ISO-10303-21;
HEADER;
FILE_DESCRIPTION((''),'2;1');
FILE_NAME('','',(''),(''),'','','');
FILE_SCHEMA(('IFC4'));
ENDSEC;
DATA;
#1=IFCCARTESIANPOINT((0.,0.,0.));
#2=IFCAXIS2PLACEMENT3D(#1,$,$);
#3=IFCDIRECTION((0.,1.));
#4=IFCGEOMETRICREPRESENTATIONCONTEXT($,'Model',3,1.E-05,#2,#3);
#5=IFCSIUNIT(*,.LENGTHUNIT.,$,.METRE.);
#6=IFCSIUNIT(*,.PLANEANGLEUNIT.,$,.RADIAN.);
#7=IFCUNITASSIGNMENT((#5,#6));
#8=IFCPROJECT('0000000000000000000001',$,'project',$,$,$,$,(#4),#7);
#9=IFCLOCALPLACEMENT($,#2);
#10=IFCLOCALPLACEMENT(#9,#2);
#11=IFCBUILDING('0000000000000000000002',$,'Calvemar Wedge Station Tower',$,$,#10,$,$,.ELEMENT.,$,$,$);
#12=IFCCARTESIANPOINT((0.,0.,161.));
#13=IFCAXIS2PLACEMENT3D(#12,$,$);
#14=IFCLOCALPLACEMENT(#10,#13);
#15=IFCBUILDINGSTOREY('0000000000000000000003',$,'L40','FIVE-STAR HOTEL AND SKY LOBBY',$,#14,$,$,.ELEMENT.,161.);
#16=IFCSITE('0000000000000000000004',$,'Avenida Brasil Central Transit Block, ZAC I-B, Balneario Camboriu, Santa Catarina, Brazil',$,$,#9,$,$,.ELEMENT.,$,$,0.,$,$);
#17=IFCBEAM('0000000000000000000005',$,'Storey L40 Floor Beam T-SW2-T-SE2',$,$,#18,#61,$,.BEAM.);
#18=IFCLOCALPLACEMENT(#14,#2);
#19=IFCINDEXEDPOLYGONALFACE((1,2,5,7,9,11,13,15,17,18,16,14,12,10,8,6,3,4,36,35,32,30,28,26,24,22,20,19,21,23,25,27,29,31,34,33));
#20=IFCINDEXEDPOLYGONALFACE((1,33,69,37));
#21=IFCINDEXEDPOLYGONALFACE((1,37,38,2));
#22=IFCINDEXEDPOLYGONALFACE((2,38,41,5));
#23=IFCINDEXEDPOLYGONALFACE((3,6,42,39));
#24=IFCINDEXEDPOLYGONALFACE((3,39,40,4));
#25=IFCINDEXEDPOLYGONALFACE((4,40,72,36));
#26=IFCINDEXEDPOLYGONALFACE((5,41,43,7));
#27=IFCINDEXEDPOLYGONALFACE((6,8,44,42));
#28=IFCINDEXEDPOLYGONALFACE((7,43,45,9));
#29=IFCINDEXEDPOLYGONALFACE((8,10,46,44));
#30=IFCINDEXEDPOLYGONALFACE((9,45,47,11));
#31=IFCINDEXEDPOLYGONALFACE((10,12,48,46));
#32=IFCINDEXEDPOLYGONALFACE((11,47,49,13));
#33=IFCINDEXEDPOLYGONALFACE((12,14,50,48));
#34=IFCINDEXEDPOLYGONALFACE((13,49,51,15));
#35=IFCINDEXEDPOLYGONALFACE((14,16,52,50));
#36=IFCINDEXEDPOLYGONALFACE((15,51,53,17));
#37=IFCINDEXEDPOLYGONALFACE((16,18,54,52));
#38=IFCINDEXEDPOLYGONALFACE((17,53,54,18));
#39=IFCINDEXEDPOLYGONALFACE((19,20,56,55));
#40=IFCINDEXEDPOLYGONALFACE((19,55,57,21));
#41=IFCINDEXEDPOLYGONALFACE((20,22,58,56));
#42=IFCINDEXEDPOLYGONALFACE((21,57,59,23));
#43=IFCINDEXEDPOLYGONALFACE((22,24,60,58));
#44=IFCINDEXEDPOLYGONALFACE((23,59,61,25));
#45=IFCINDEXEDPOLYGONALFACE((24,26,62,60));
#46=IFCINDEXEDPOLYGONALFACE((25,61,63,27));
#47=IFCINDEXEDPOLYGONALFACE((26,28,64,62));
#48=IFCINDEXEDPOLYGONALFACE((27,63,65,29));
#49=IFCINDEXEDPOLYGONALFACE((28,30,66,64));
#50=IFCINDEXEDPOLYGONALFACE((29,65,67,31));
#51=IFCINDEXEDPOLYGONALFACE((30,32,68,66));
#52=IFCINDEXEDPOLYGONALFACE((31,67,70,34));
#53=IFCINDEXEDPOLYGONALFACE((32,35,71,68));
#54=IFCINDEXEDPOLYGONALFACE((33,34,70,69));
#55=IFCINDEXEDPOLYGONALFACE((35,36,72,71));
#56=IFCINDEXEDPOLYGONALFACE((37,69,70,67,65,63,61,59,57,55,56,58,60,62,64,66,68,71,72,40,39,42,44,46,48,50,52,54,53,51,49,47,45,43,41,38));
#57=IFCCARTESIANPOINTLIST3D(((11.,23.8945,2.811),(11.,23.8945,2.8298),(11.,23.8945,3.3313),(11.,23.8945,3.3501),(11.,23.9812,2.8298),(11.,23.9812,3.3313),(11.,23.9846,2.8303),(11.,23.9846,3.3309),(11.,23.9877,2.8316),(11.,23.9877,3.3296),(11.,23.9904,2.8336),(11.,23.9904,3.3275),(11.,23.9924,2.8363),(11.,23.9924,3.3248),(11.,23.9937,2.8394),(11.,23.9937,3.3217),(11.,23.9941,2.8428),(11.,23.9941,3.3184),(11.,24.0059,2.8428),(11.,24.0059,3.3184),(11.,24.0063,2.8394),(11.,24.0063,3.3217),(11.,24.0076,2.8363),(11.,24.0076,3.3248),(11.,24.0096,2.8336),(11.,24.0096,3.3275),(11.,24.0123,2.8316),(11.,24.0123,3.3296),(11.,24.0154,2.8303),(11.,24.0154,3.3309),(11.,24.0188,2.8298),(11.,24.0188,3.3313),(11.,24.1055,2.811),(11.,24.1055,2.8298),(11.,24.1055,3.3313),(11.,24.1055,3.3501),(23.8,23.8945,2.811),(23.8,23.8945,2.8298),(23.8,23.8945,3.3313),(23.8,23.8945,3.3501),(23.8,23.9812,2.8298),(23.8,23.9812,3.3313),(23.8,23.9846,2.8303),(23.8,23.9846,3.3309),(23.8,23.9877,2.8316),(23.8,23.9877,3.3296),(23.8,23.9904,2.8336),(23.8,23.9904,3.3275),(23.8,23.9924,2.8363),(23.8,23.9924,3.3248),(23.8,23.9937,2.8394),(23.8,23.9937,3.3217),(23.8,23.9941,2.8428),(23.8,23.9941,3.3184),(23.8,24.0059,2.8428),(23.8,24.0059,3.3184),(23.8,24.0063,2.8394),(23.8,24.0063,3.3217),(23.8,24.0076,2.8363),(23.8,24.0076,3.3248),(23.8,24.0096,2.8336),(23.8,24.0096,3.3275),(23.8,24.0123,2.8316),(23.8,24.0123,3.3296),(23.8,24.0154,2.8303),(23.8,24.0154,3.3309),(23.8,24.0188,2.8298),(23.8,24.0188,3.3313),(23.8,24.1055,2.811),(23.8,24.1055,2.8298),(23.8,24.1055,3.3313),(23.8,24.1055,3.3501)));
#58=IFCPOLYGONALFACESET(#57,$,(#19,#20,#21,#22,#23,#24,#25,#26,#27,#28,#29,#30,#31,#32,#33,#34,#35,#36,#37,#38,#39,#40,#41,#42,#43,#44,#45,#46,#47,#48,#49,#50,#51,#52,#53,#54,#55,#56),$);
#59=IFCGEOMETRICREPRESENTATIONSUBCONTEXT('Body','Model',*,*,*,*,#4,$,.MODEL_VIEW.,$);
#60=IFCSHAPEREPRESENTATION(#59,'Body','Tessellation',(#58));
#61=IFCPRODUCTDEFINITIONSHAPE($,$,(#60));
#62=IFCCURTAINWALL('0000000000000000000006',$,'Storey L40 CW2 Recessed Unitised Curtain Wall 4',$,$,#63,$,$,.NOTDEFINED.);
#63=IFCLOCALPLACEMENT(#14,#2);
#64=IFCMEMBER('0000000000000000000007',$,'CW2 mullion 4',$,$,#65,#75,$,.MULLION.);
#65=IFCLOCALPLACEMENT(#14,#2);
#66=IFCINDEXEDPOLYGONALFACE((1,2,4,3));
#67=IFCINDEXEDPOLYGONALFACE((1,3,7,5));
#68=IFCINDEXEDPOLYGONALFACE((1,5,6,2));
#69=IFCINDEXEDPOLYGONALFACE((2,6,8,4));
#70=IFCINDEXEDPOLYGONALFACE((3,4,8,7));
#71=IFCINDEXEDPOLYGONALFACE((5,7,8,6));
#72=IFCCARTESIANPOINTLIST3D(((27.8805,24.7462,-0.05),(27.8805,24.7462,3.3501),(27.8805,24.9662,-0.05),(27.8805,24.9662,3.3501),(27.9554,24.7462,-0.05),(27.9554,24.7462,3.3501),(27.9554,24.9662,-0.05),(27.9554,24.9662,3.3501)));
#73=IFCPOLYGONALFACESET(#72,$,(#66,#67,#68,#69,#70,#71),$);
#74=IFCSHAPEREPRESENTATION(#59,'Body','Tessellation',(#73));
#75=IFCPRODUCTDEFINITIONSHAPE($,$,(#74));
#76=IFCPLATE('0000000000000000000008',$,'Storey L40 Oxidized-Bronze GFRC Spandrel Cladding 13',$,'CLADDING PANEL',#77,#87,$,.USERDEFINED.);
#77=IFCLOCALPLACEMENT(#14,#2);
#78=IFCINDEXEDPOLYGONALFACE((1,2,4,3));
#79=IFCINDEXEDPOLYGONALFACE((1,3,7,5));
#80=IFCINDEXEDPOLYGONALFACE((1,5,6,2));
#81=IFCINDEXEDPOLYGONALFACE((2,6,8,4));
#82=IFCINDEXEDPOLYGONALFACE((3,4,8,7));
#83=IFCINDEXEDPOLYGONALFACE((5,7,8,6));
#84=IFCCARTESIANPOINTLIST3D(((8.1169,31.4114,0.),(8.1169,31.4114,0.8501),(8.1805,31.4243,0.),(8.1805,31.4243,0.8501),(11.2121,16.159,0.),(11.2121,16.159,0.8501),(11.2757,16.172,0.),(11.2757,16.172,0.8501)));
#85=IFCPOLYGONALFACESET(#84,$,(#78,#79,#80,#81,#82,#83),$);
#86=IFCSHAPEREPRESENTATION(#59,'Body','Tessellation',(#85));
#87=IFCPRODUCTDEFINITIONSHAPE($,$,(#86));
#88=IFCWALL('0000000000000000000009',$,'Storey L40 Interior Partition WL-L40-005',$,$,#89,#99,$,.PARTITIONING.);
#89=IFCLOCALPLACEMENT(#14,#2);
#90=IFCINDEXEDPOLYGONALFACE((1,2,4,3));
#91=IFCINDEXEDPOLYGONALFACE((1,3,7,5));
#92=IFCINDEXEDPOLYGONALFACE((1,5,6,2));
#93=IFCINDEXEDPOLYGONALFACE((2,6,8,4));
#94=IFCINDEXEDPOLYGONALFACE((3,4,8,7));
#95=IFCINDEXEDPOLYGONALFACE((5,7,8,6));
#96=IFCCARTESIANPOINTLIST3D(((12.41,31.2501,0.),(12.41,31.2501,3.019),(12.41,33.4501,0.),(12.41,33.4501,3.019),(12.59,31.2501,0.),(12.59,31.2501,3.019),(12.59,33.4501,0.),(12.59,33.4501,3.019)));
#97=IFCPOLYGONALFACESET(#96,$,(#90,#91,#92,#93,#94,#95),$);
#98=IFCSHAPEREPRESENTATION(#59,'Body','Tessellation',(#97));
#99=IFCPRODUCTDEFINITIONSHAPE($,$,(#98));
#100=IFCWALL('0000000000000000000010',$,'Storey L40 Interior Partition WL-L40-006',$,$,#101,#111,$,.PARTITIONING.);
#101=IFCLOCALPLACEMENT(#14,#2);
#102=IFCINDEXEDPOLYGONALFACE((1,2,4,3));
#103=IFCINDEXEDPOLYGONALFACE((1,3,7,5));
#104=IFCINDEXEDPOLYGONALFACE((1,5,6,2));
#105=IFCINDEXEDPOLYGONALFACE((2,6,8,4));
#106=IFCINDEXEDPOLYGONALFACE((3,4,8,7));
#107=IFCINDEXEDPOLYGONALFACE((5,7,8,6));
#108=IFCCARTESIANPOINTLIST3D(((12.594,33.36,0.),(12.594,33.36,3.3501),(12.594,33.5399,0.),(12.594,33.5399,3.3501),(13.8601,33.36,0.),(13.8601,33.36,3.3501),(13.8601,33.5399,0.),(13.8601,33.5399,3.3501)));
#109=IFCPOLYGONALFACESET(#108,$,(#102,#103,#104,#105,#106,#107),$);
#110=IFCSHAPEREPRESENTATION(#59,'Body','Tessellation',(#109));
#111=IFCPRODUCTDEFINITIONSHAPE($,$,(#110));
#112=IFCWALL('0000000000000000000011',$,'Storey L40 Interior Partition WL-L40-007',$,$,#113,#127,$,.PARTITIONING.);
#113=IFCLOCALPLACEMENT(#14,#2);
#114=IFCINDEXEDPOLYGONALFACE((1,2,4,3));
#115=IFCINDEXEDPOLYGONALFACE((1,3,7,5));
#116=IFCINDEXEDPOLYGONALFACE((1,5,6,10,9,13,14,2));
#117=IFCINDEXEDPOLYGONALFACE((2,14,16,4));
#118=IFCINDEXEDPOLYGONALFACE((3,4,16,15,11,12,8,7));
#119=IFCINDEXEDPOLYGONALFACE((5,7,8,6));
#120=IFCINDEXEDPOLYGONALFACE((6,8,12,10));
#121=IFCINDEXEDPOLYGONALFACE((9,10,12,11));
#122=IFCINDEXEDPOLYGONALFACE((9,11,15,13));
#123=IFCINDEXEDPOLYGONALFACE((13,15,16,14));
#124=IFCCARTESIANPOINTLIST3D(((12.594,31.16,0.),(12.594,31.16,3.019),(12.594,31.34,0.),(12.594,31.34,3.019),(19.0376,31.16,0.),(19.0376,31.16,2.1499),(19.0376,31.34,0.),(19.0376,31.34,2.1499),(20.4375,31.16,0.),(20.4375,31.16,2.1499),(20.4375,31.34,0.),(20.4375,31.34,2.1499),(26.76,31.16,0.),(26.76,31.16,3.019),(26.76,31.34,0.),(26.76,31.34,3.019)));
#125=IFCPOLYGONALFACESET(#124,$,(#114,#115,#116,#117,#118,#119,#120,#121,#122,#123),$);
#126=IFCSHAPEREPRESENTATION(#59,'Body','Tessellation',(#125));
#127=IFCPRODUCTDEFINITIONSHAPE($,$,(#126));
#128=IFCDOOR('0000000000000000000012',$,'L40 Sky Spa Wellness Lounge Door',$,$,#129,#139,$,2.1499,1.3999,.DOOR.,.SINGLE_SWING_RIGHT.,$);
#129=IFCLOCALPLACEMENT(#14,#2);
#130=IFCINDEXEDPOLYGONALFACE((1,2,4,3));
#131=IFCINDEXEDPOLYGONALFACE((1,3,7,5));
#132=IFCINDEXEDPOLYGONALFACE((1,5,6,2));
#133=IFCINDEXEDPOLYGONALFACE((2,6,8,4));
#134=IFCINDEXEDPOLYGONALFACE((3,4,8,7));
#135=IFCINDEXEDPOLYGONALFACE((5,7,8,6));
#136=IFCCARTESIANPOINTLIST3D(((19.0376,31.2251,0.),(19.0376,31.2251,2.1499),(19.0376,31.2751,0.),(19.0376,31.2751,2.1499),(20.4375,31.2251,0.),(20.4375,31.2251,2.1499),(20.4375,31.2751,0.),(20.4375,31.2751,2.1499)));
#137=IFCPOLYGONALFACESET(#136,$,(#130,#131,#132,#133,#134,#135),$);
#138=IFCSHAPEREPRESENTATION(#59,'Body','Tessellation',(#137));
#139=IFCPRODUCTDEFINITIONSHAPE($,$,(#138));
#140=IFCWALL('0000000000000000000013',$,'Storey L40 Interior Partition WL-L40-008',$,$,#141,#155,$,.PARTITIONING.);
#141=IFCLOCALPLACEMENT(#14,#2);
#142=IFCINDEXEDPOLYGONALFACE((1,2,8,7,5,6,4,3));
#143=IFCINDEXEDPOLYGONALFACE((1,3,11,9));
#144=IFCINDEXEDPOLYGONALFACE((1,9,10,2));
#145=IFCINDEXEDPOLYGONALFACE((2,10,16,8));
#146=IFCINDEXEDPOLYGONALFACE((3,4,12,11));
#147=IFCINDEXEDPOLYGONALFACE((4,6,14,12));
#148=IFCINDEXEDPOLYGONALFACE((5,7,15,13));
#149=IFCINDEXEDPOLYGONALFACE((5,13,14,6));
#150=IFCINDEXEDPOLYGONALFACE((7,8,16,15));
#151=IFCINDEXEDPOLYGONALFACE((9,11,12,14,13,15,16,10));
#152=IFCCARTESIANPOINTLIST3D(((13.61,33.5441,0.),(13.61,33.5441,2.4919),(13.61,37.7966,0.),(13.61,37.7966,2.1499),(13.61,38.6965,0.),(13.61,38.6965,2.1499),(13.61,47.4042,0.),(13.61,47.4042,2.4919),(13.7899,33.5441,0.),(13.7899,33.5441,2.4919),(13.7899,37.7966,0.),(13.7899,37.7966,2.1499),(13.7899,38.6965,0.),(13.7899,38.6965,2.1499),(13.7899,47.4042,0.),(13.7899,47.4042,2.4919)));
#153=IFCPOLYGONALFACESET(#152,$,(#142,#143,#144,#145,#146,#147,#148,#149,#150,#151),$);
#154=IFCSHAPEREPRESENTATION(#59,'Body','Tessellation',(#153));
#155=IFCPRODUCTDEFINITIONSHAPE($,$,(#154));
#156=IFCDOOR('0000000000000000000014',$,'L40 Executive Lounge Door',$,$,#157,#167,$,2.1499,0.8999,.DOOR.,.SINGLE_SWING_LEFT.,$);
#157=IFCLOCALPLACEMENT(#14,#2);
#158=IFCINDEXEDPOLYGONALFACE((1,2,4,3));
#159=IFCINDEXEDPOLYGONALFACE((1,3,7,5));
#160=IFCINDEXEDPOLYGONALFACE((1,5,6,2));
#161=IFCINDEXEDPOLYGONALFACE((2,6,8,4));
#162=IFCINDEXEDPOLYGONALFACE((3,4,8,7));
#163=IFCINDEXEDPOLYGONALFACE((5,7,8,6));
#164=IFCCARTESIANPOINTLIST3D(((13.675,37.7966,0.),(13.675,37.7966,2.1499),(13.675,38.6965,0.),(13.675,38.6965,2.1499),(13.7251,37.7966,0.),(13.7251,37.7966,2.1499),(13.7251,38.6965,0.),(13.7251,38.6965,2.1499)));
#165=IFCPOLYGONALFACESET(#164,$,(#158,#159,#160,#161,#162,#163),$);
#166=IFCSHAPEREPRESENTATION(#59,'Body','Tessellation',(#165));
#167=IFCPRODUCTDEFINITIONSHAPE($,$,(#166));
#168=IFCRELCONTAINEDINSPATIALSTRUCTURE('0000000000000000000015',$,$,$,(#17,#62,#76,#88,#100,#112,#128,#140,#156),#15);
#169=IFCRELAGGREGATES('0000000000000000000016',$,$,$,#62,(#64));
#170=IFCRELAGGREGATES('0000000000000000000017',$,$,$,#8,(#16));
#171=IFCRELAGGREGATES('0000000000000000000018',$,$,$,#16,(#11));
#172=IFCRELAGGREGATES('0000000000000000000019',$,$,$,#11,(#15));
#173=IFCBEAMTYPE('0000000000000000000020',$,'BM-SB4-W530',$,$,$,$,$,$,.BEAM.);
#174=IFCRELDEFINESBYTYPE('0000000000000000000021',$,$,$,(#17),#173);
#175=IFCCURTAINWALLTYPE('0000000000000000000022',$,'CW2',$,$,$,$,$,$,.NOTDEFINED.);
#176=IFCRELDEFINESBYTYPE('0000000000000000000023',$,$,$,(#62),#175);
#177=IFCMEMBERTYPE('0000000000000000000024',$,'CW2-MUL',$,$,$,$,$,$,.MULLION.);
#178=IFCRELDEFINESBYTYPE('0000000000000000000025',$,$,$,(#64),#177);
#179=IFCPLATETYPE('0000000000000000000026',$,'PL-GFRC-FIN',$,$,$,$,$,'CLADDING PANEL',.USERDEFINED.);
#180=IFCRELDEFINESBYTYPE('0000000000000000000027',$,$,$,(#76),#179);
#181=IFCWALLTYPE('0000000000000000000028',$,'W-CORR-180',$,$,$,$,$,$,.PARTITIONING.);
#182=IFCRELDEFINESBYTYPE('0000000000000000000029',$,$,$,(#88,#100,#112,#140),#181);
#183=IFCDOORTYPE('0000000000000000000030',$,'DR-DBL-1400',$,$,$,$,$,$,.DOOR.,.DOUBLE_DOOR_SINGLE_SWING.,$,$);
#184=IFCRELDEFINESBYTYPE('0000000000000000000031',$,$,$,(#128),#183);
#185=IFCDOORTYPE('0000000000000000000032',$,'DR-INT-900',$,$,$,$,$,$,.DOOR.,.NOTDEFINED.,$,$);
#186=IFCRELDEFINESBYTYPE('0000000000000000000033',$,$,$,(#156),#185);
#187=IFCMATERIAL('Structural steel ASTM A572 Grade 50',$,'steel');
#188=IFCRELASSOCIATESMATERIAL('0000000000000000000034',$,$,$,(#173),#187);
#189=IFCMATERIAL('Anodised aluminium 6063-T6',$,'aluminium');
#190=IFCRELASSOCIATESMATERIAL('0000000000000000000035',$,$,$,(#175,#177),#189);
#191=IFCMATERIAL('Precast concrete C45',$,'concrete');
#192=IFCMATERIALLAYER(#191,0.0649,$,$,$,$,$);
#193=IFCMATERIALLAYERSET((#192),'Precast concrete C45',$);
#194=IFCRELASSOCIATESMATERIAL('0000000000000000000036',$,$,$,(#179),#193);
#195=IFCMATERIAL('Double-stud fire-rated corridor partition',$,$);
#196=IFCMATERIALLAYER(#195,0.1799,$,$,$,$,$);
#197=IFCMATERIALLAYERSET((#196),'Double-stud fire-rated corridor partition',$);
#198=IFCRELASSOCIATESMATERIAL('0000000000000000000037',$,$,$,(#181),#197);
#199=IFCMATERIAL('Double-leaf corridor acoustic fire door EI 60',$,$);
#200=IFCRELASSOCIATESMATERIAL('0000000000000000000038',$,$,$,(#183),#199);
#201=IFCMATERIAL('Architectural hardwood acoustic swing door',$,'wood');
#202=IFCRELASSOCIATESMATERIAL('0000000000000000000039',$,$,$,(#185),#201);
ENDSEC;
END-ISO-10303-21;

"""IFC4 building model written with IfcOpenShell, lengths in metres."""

from ifc_helpers import new_model, si_unit, direction, frame, frame_2d, origin, origin_2d, place, context, subcontext, project, spatial, rectangle, i_section, extrude, source, transform, mapped, material, layer, layer_set, material_profile, profile_set, type_object, element, fill, aggregate, save


model = new_model("IFC4")

# Units and contexts
model_context = context("Model", 3, precision=1e-05, world=origin(), true_north=direction((0.0, 1.0)))
body_context = subcontext(model_context, "Body", "Model", "MODEL_VIEW")
ifc_project = project(units=[si_unit("LENGTHUNIT", "METRE"), si_unit("PLANEANGLEUNIT", "RADIAN")], contexts=[model_context])

# Site, building, storey
site_placement = place(None, origin())
site = spatial("IfcSite", under=ifc_project, at=site_placement, Name="Avenida Brasil Central Transit Block, ZAC I-B, Balneario Camboriu, Santa Catarina, Brazil", CompositionType="ELEMENT", RefElevation=0.0)
building_placement = place(site_placement, origin())
building = spatial("IfcBuilding", under=site, at=building_placement, Name="Calvemar Wedge Station Tower", CompositionType="ELEMENT")
storey_placement = place(building_placement, frame((0.0, 0.0, 161.0)))
storey = spatial("IfcBuildingStorey", under=building, at=storey_placement, Name="L40", Description="FIVE-STAR HOTEL AND SKY LOBBY", CompositionType="ELEMENT", Elevation=161.0)

# Beam
ifc_material_1 = material(Name="Structural steel ASTM A572 Grade 50", Category="steel")
ifc_material_profile_1 = material_profile(ifc_material_1, i_section(OverallWidth=0.2109, OverallDepth=0.5391, WebThickness=0.0117, FlangeThickness=0.0188, FilletRadius=0.0129, at=origin_2d()), Name="W530x109")
ifc_profile_set_1 = profile_set([ifc_material_profile_1], Name="Structural steel ASTM A572 Grade 50")
beam_type_1 = type_object("IfcBeamType", Name="BM-SB4-W530", PredefinedType="BEAM", material=ifc_profile_set_1)
shared_shape_1 = source(origin(), body_context, "Body", "SweptSolid", [
    extrude(i_section(OverallWidth=0.2109, OverallDepth=0.5391, WebThickness=0.0117, FlangeThickness=0.0188, FilletRadius=0.0129, at=origin_2d()), origin(), (0.0, 0.0, 1.0), 12.8),
])
for number, where, z_axis, x_axis, name in (
    (1, (11.0, 24.0, 3.0806), (1.0, 0.0, 0.0), (0.0, 1.0, 0.0), "Storey L40 Floor Beam T-SW2-T-SE2"),
):
    element("IfcBeam", number, at=place(storey_placement, frame(where, z_axis=z_axis, x_axis=x_axis)), inside=storey, type_object=beam_type_1, Name=name, PredefinedType="BEAM", context=body_context, shape_type="MappedRepresentation", body=[
        mapped(shared_shape_1, transform((0.0, 0.0, 0.0), scale=1.0)),
    ])

# Curtain wall, member
ifc_material_2 = material(Name="Anodised aluminium 6063-T6", Category="aluminium")
curtain_wall_type = type_object("IfcCurtainWallType", Name="CW2", PredefinedType="NOTDEFINED", material=ifc_material_2)
curtain_wall_placement = place(storey_placement, origin())
curtain_wall = element("IfcCurtainWall", 2, at=curtain_wall_placement, inside=storey, type_object=curtain_wall_type, Name="Storey L40 CW2 Recessed Unitised Curtain Wall 4", PredefinedType="NOTDEFINED")
ifc_material_profile_2 = material_profile(ifc_material_2, rectangle(XDim=0.075, YDim=0.22, at=origin_2d()), Name="AL-MUL-75x220")
ifc_profile_set_2 = profile_set([ifc_material_profile_2], Name="Anodised aluminium 6063-T6")
member_type = type_object("IfcMemberType", Name="CW2-MUL", PredefinedType="MULLION", material=ifc_profile_set_2)
shared_shape_2 = source(origin(), body_context, "Body", "SweptSolid", [
    extrude(rectangle(XDim=0.075, YDim=0.22, at=origin_2d()), origin(), (0.0, 0.0, 1.0), 3.4001),
])
member_placement = place(storey_placement, frame((27.918, 24.8562, -0.05), z_axis=(0.0, 0.0, 1.0), x_axis=(1.0, 0.0, 0.0)))
member = element("IfcMember", 3, at=member_placement, type_object=member_type, Name="CW2 mullion 4", PredefinedType="MULLION", context=body_context, shape_type="MappedRepresentation", body=[
    mapped(shared_shape_2, transform((0.0, 0.0, 0.0), scale=1.0)),
])
aggregate(curtain_wall, [member])

# Plate
ifc_material_3 = material(Name="Precast concrete C45", Category="concrete")
ifc_layer_1 = layer(ifc_material_3, 0.0649)
ifc_layer_set_1 = layer_set([ifc_layer_1], Name="Precast concrete C45")
plate_type = type_object("IfcPlateType", Name="PL-GFRC-FIN", ElementType="CLADDING PANEL", PredefinedType="USERDEFINED", material=ifc_layer_set_1)
plate_placement = place(storey_placement, frame((8.1487, 31.418, 0.0), z_axis=(0.0, 0.0, 1.0), x_axis=(0.198879, -0.980024, 0.0)))
element("IfcPlate", 4, at=plate_placement, inside=storey, type_object=plate_type, Name="Storey L40 Oxidized-Bronze GFRC Spandrel Cladding 13", ObjectType="CLADDING PANEL", PredefinedType="USERDEFINED", context=body_context, shape_type="SweptSolid", body=[
    extrude(rectangle(XDim=15.5632, YDim=0.0649, at=frame_2d((7.7817, 0.0))), origin(), (0.0, 0.0, 1.0), 0.8501),
])

# Walls
ifc_material_4 = material(Name="Double-stud fire-rated corridor partition")
ifc_layer_2 = layer(ifc_material_4, 0.1799)
ifc_layer_set_2 = layer_set([ifc_layer_2], Name="Double-stud fire-rated corridor partition")
wall_type_1 = type_object("IfcWallType", Name="W-CORR-180", PredefinedType="PARTITIONING", material=ifc_layer_set_2)
wall_1_placement = place(storey_placement, frame((12.5, 31.25, 0.0), z_axis=(0.0, 0.0, 1.0), x_axis=(0.0, 1.0, 0.0)))
element("IfcWall", 5, at=wall_1_placement, inside=storey, type_object=wall_type_1, Name="Storey L40 Interior Partition WL-L40-005", PredefinedType="PARTITIONING", context=body_context, shape_type="SweptSolid", body=[
    extrude(rectangle(XDim=2.2, YDim=0.1799, at=frame_2d((1.1001, 0.0))), origin(), (0.0, 0.0, 1.0), 3.019),
])
wall_2_placement = place(storey_placement, frame((12.594, 33.45, 0.0), z_axis=(0.0, 0.0, 1.0), x_axis=(1.0, 0.0, 0.0)))
element("IfcWall", 6, at=wall_2_placement, inside=storey, type_object=wall_type_1, Name="Storey L40 Interior Partition WL-L40-006", PredefinedType="PARTITIONING", context=body_context, shape_type="SweptSolid", body=[
    extrude(rectangle(XDim=1.2661, YDim=0.1799, at=frame_2d((0.6331, 0.0))), origin(), (0.0, 0.0, 1.0), 3.3501),
])

# Walls, openings, doors
wall_3_placement = place(storey_placement, frame((26.76, 31.25, 0.0), z_axis=(0.0, 0.0, 1.0), x_axis=(-1.0, 0.0, 0.0)))
wall_3 = element("IfcWall", 7, at=wall_3_placement, inside=storey, type_object=wall_type_1, Name="Storey L40 Interior Partition WL-L40-007", PredefinedType="PARTITIONING", context=body_context, shape_type="SweptSolid", body=[
    extrude(rectangle(XDim=14.166, YDim=0.1799, at=frame_2d((7.083, 0.0))), origin(), (0.0, 0.0, 1.0), 3.019),
])
shared_shape_3 = source(origin(), body_context, "Body", "SweptSolid", [
    extrude(rectangle(XDim=1.3999, YDim=2.1499, at=frame_2d((0.7, 1.075))), frame((0.0, 0.1001, 0.0), z_axis=(0.0, -1.0, 0.0), x_axis=(1.0, 0.0, 0.0)), (0.0, 0.0, 1.0), 0.2),
])
opening_1_placement = place(wall_3_placement, frame((6.3225, 0.0, 0.0)))
opening_1 = element("IfcOpeningElement", 8, at=opening_1_placement, cuts=wall_3, PredefinedType="OPENING", context=body_context, shape_type="MappedRepresentation", body=[
    mapped(shared_shape_3, transform((0.0, 0.0, 0.0), scale=1.0)),
])
ifc_material_5 = material(Name="Double-leaf corridor acoustic fire door EI 60")
door_type_1 = type_object("IfcDoorType", Name="DR-DBL-1400", OperationType="DOUBLE_DOOR_SINGLE_SWING", PredefinedType="DOOR", material=ifc_material_5)
shared_shape_4 = source(origin(), body_context, "Body", "SweptSolid", [
    extrude(rectangle(XDim=1.3999, YDim=2.1499, at=frame_2d((0.7, 1.075))), frame((0.0, 0.0249, 0.0), z_axis=(0.0, -1.0, 0.0), x_axis=(1.0, 0.0, 0.0)), (0.0, 0.0, 1.0), 0.05),
])
door_1_placement = place(opening_1_placement, origin())
door_1 = element("IfcDoor", 9, at=door_1_placement, inside=storey, type_object=door_type_1, Name="L40 Sky Spa Wellness Lounge Door", OperationType="SINGLE_SWING_RIGHT", OverallHeight=2.1499, OverallWidth=1.3999, PredefinedType="DOOR", context=body_context, shape_type="MappedRepresentation", body=[
    mapped(shared_shape_4, transform((0.0, 0.0, 0.0), scale=1.0)),
])
fill(opening_1, door_1)
wall_4_placement = place(storey_placement, frame((13.7, 33.5439, 0.0), z_axis=(0.0, 0.0, 1.0), x_axis=(0.0, 1.0, 0.0)))
wall_4 = element("IfcWall", 10, at=wall_4_placement, inside=storey, type_object=wall_type_1, Name="Storey L40 Interior Partition WL-L40-008", PredefinedType="PARTITIONING", context=body_context, shape_type="SweptSolid", body=[
    extrude(rectangle(XDim=13.8601, YDim=0.1799, at=frame_2d((6.9302, 0.0))), origin(), (0.0, 0.0, 1.0), 2.4919),
])
shared_shape_5 = source(origin(), body_context, "Body", "SweptSolid", [
    extrude(rectangle(XDim=0.8999, YDim=2.1499, at=frame_2d((0.45, 1.075))), frame((0.0, 0.1001, 0.0), z_axis=(0.0, -1.0, 0.0), x_axis=(1.0, 0.0, 0.0)), (0.0, 0.0, 1.0), 0.2),
])
opening_2_placement = place(wall_4_placement, frame((4.2527, 0.0, 0.0)))
opening_2 = element("IfcOpeningElement", 11, at=opening_2_placement, cuts=wall_4, PredefinedType="OPENING", context=body_context, shape_type="MappedRepresentation", body=[
    mapped(shared_shape_5, transform((0.0, 0.0, 0.0), scale=1.0)),
])
ifc_material_6 = material(Name="Architectural hardwood acoustic swing door", Category="wood")
door_type_2 = type_object("IfcDoorType", Name="DR-INT-900", OperationType="NOTDEFINED", PredefinedType="DOOR", material=ifc_material_6)
shared_shape_6 = source(origin(), body_context, "Body", "SweptSolid", [
    extrude(rectangle(XDim=0.8999, YDim=2.1499, at=frame_2d((0.45, 1.075))), frame((0.0, 0.0249, 0.0), z_axis=(0.0, -1.0, 0.0), x_axis=(1.0, 0.0, 0.0)), (0.0, 0.0, 1.0), 0.05),
])
door_2_placement = place(opening_2_placement, origin())
door_2 = element("IfcDoor", 12, at=door_2_placement, inside=storey, type_object=door_type_2, Name="L40 Executive Lounge Door", OperationType="SINGLE_SWING_LEFT", OverallHeight=2.1499, OverallWidth=0.8999, PredefinedType="DOOR", context=body_context, shape_type="MappedRepresentation", body=[
    mapped(shared_shape_6, transform((0.0, 0.0, 0.0), scale=1.0)),
])
fill(opening_2, door_2)

save(model, "model.ifc")
